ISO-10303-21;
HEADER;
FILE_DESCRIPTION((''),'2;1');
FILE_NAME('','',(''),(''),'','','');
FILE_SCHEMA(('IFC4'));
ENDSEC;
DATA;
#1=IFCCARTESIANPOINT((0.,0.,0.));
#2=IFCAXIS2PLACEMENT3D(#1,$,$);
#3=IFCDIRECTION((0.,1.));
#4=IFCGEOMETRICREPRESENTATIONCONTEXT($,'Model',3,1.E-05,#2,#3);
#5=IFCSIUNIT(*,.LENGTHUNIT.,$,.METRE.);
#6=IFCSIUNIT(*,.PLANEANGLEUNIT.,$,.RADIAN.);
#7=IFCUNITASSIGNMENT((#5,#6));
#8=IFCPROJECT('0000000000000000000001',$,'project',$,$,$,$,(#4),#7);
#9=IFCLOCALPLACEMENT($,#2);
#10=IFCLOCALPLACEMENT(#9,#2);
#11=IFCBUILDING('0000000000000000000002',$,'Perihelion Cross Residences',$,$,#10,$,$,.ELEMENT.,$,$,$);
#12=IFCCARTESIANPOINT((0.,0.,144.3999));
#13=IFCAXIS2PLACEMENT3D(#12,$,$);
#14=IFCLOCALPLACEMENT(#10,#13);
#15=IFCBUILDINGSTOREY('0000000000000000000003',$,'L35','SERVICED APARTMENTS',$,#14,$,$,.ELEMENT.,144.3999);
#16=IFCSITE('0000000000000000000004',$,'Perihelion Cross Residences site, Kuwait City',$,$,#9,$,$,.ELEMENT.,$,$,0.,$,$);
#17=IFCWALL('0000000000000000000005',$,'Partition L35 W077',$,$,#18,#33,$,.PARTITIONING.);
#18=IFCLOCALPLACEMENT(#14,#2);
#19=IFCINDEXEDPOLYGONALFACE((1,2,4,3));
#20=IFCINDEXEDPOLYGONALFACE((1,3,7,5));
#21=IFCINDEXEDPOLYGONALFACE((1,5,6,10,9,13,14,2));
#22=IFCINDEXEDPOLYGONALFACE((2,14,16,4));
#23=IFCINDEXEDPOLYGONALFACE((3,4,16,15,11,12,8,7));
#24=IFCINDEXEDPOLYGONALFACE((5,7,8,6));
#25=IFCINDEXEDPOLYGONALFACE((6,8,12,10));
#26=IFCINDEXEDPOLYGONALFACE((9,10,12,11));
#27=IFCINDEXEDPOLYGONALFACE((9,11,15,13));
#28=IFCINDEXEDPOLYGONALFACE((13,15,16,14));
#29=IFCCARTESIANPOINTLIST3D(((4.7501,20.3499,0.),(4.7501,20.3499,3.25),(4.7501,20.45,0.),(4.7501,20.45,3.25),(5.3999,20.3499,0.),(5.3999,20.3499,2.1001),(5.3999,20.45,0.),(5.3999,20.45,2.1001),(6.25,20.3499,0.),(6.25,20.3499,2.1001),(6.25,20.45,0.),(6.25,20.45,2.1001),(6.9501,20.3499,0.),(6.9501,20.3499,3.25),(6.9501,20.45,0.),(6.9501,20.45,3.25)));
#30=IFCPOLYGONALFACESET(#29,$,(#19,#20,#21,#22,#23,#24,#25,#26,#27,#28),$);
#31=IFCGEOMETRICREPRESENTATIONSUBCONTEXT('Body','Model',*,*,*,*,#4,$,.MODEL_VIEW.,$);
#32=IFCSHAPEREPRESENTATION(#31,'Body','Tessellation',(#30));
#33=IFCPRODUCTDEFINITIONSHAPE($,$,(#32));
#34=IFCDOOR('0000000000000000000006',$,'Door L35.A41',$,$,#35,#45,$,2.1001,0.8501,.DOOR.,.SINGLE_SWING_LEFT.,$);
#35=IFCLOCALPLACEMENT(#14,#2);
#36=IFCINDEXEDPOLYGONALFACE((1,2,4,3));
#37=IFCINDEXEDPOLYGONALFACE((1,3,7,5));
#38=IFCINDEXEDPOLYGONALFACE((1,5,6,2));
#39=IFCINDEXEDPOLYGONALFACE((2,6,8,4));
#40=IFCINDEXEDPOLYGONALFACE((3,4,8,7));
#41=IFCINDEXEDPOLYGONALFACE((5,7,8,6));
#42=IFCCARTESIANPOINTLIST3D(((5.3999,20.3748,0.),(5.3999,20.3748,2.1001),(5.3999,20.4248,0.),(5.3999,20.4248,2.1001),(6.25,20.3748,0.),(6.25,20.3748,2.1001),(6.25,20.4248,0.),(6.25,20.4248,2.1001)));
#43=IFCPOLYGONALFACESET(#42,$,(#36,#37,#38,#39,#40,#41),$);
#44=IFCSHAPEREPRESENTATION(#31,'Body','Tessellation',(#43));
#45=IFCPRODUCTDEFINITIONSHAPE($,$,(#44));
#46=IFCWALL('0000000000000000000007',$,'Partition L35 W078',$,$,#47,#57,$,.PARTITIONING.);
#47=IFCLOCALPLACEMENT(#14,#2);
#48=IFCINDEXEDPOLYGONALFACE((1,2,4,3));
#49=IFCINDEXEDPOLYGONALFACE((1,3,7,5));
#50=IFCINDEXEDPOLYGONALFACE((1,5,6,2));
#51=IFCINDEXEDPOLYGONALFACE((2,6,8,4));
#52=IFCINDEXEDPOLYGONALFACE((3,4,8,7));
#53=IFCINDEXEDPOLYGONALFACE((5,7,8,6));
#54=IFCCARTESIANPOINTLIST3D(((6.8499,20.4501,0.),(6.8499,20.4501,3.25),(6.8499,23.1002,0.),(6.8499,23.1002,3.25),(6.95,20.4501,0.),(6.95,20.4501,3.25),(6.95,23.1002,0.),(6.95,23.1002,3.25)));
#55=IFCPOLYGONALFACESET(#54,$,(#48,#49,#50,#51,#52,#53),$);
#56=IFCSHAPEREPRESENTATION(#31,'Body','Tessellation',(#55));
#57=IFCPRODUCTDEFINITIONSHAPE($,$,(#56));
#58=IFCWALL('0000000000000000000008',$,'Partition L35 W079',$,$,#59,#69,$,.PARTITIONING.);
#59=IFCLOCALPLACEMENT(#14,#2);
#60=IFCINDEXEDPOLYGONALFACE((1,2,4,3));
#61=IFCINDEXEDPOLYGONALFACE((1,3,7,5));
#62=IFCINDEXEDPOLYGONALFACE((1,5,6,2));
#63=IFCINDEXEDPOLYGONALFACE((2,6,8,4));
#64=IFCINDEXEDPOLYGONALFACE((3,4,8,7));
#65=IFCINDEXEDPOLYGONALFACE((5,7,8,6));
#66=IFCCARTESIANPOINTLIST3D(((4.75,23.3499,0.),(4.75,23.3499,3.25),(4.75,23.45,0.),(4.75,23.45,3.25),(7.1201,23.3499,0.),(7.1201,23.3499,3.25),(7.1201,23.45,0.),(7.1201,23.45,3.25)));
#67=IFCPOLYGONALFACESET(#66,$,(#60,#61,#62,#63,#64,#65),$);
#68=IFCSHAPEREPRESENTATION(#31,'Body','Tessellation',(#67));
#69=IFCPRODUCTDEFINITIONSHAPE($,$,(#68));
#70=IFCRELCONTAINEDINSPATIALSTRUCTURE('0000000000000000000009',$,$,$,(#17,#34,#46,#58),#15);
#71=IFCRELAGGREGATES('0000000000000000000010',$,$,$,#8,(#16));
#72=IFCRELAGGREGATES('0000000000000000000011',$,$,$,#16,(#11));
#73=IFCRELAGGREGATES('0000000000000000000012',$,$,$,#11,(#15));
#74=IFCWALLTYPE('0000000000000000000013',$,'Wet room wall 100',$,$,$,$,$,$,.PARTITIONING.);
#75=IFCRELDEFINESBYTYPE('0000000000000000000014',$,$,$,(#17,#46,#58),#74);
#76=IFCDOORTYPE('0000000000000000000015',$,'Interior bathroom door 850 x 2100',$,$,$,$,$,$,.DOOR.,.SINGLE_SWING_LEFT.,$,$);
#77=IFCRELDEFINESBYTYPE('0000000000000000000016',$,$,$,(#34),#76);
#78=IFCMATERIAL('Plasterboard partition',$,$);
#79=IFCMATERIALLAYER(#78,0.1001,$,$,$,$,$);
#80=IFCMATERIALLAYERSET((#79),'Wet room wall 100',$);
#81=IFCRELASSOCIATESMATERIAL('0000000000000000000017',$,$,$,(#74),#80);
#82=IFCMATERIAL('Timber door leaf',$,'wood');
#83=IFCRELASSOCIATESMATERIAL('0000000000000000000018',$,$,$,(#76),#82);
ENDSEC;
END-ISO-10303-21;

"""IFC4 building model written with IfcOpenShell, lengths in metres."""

from ifc_helpers import new_model, si_unit, direction, frame, frame_2d, origin, place, context, subcontext, project, spatial, rectangle, extrude, material, layer, layer_set, type_object, element, fill, save


model = new_model("IFC4")

# Units and contexts
model_context = context("Model", 3, precision=1e-05, world=origin(), true_north=direction((0.0, 1.0)))
body_context = subcontext(model_context, "Body", "Model", "MODEL_VIEW")
ifc_project = project(units=[si_unit("LENGTHUNIT", "METRE"), si_unit("PLANEANGLEUNIT", "RADIAN")], contexts=[model_context])

# Site, building, storey
site_placement = place(None, origin())
site = spatial("IfcSite", under=ifc_project, at=site_placement, Name="Perihelion Cross Residences site, Kuwait City", CompositionType="ELEMENT", RefElevation=0.0)
building_placement = place(site_placement, origin())
building = spatial("IfcBuilding", under=site, at=building_placement, Name="Perihelion Cross Residences", CompositionType="ELEMENT")
storey_placement = place(building_placement, frame((0.0, 0.0, 144.3999)))
storey = spatial("IfcBuildingStorey", under=building, at=storey_placement, Name="L35", Description="SERVICED APARTMENTS", CompositionType="ELEMENT", Elevation=144.3999)

# Shared definitions
ifc_material_1 = material(Name="Plasterboard partition")
ifc_layer_1 = layer(ifc_material_1, 0.1001)
ifc_layer_set_1 = layer_set([ifc_layer_1], Name="Wet room wall 100")
wall_type_1 = type_object("IfcWallType", Name="Wet room wall 100", PredefinedType="PARTITIONING", material=ifc_layer_set_1)

# Wall, opening, door
wall_1_placement = place(storey_placement, frame((4.75, 20.3999, 0.0), z_axis=(0.0, 0.0, 1.0), x_axis=(1.0, 0.0, 0.0)))
wall_1 = element("IfcWall", 1, at=wall_1_placement, inside=storey, type_object=wall_type_1, Name="Partition L35 W077", PredefinedType="PARTITIONING", context=body_context, shape_type="SweptSolid", body=[
    extrude(rectangle(XDim=2.2, YDim=0.1001, at=frame_2d((1.1001, 0.0))), origin(), (0.0, 0.0, 1.0), 3.25),
])
opening_1_placement = place(wall_1_placement, frame((0.6499, 0.0, 0.0)))
opening_1 = element("IfcOpeningElement", 2, at=opening_1_placement, cuts=wall_1, PredefinedType="OPENING", context=body_context, shape_type="SweptSolid", body=[
    extrude(rectangle(XDim=0.8501, YDim=2.1001, at=frame_2d((0.425, 1.05))), frame((0.0, 0.0601, 0.0), z_axis=(0.0, -1.0, 0.0), x_axis=(1.0, 0.0, 0.0)), (0.0, 0.0, 1.0), 0.1201),
])
ifc_material_2 = material(Name="Timber door leaf", Category="wood")
door_type_1 = type_object("IfcDoorType", Name="Interior bathroom door 850 x 2100", OperationType="SINGLE_SWING_LEFT", PredefinedType="DOOR", material=ifc_material_2)
door_1_placement = place(opening_1_placement, origin())
door_1 = element("IfcDoor", 3, at=door_1_placement, inside=storey, type_object=door_type_1, Name="Door L35.A41", OperationType="SINGLE_SWING_LEFT", OverallHeight=2.1001, OverallWidth=0.8501, PredefinedType="DOOR", context=body_context, shape_type="SweptSolid", body=[
    extrude(rectangle(XDim=0.8501, YDim=2.1001, at=frame_2d((0.425, 1.05))), frame((0.0, 0.0249, 0.0), z_axis=(0.0, -1.0, 0.0), x_axis=(1.0, 0.0, 0.0)), (0.0, 0.0, 1.0), 0.05),
])
fill(opening_1, door_1)

# Walls
wall_2_placement = place(storey_placement, frame((6.8999, 20.45, 0.0), z_axis=(0.0, 0.0, 1.0), x_axis=(0.0, 1.0, 0.0)))
element("IfcWall", 4, at=wall_2_placement, inside=storey, type_object=wall_type_1, Name="Partition L35 W078", PredefinedType="PARTITIONING", context=body_context, shape_type="SweptSolid", body=[
    extrude(rectangle(XDim=2.6501, YDim=0.1001, at=frame_2d((1.3252, 0.0))), origin(), (0.0, 0.0, 1.0), 3.25),
])
wall_3_placement = place(storey_placement, frame((4.75, 23.3999, 0.0), z_axis=(0.0, 0.0, 1.0), x_axis=(1.0, 0.0, 0.0)))
element("IfcWall", 5, at=wall_3_placement, inside=storey, type_object=wall_type_1, Name="Partition L35 W079", PredefinedType="PARTITIONING", context=body_context, shape_type="SweptSolid", body=[
    extrude(rectangle(XDim=2.3701, YDim=0.1001, at=frame_2d((1.1851, 0.0))), origin(), (0.0, 0.0, 1.0), 3.25),
])

save(model, "model.ifc")
